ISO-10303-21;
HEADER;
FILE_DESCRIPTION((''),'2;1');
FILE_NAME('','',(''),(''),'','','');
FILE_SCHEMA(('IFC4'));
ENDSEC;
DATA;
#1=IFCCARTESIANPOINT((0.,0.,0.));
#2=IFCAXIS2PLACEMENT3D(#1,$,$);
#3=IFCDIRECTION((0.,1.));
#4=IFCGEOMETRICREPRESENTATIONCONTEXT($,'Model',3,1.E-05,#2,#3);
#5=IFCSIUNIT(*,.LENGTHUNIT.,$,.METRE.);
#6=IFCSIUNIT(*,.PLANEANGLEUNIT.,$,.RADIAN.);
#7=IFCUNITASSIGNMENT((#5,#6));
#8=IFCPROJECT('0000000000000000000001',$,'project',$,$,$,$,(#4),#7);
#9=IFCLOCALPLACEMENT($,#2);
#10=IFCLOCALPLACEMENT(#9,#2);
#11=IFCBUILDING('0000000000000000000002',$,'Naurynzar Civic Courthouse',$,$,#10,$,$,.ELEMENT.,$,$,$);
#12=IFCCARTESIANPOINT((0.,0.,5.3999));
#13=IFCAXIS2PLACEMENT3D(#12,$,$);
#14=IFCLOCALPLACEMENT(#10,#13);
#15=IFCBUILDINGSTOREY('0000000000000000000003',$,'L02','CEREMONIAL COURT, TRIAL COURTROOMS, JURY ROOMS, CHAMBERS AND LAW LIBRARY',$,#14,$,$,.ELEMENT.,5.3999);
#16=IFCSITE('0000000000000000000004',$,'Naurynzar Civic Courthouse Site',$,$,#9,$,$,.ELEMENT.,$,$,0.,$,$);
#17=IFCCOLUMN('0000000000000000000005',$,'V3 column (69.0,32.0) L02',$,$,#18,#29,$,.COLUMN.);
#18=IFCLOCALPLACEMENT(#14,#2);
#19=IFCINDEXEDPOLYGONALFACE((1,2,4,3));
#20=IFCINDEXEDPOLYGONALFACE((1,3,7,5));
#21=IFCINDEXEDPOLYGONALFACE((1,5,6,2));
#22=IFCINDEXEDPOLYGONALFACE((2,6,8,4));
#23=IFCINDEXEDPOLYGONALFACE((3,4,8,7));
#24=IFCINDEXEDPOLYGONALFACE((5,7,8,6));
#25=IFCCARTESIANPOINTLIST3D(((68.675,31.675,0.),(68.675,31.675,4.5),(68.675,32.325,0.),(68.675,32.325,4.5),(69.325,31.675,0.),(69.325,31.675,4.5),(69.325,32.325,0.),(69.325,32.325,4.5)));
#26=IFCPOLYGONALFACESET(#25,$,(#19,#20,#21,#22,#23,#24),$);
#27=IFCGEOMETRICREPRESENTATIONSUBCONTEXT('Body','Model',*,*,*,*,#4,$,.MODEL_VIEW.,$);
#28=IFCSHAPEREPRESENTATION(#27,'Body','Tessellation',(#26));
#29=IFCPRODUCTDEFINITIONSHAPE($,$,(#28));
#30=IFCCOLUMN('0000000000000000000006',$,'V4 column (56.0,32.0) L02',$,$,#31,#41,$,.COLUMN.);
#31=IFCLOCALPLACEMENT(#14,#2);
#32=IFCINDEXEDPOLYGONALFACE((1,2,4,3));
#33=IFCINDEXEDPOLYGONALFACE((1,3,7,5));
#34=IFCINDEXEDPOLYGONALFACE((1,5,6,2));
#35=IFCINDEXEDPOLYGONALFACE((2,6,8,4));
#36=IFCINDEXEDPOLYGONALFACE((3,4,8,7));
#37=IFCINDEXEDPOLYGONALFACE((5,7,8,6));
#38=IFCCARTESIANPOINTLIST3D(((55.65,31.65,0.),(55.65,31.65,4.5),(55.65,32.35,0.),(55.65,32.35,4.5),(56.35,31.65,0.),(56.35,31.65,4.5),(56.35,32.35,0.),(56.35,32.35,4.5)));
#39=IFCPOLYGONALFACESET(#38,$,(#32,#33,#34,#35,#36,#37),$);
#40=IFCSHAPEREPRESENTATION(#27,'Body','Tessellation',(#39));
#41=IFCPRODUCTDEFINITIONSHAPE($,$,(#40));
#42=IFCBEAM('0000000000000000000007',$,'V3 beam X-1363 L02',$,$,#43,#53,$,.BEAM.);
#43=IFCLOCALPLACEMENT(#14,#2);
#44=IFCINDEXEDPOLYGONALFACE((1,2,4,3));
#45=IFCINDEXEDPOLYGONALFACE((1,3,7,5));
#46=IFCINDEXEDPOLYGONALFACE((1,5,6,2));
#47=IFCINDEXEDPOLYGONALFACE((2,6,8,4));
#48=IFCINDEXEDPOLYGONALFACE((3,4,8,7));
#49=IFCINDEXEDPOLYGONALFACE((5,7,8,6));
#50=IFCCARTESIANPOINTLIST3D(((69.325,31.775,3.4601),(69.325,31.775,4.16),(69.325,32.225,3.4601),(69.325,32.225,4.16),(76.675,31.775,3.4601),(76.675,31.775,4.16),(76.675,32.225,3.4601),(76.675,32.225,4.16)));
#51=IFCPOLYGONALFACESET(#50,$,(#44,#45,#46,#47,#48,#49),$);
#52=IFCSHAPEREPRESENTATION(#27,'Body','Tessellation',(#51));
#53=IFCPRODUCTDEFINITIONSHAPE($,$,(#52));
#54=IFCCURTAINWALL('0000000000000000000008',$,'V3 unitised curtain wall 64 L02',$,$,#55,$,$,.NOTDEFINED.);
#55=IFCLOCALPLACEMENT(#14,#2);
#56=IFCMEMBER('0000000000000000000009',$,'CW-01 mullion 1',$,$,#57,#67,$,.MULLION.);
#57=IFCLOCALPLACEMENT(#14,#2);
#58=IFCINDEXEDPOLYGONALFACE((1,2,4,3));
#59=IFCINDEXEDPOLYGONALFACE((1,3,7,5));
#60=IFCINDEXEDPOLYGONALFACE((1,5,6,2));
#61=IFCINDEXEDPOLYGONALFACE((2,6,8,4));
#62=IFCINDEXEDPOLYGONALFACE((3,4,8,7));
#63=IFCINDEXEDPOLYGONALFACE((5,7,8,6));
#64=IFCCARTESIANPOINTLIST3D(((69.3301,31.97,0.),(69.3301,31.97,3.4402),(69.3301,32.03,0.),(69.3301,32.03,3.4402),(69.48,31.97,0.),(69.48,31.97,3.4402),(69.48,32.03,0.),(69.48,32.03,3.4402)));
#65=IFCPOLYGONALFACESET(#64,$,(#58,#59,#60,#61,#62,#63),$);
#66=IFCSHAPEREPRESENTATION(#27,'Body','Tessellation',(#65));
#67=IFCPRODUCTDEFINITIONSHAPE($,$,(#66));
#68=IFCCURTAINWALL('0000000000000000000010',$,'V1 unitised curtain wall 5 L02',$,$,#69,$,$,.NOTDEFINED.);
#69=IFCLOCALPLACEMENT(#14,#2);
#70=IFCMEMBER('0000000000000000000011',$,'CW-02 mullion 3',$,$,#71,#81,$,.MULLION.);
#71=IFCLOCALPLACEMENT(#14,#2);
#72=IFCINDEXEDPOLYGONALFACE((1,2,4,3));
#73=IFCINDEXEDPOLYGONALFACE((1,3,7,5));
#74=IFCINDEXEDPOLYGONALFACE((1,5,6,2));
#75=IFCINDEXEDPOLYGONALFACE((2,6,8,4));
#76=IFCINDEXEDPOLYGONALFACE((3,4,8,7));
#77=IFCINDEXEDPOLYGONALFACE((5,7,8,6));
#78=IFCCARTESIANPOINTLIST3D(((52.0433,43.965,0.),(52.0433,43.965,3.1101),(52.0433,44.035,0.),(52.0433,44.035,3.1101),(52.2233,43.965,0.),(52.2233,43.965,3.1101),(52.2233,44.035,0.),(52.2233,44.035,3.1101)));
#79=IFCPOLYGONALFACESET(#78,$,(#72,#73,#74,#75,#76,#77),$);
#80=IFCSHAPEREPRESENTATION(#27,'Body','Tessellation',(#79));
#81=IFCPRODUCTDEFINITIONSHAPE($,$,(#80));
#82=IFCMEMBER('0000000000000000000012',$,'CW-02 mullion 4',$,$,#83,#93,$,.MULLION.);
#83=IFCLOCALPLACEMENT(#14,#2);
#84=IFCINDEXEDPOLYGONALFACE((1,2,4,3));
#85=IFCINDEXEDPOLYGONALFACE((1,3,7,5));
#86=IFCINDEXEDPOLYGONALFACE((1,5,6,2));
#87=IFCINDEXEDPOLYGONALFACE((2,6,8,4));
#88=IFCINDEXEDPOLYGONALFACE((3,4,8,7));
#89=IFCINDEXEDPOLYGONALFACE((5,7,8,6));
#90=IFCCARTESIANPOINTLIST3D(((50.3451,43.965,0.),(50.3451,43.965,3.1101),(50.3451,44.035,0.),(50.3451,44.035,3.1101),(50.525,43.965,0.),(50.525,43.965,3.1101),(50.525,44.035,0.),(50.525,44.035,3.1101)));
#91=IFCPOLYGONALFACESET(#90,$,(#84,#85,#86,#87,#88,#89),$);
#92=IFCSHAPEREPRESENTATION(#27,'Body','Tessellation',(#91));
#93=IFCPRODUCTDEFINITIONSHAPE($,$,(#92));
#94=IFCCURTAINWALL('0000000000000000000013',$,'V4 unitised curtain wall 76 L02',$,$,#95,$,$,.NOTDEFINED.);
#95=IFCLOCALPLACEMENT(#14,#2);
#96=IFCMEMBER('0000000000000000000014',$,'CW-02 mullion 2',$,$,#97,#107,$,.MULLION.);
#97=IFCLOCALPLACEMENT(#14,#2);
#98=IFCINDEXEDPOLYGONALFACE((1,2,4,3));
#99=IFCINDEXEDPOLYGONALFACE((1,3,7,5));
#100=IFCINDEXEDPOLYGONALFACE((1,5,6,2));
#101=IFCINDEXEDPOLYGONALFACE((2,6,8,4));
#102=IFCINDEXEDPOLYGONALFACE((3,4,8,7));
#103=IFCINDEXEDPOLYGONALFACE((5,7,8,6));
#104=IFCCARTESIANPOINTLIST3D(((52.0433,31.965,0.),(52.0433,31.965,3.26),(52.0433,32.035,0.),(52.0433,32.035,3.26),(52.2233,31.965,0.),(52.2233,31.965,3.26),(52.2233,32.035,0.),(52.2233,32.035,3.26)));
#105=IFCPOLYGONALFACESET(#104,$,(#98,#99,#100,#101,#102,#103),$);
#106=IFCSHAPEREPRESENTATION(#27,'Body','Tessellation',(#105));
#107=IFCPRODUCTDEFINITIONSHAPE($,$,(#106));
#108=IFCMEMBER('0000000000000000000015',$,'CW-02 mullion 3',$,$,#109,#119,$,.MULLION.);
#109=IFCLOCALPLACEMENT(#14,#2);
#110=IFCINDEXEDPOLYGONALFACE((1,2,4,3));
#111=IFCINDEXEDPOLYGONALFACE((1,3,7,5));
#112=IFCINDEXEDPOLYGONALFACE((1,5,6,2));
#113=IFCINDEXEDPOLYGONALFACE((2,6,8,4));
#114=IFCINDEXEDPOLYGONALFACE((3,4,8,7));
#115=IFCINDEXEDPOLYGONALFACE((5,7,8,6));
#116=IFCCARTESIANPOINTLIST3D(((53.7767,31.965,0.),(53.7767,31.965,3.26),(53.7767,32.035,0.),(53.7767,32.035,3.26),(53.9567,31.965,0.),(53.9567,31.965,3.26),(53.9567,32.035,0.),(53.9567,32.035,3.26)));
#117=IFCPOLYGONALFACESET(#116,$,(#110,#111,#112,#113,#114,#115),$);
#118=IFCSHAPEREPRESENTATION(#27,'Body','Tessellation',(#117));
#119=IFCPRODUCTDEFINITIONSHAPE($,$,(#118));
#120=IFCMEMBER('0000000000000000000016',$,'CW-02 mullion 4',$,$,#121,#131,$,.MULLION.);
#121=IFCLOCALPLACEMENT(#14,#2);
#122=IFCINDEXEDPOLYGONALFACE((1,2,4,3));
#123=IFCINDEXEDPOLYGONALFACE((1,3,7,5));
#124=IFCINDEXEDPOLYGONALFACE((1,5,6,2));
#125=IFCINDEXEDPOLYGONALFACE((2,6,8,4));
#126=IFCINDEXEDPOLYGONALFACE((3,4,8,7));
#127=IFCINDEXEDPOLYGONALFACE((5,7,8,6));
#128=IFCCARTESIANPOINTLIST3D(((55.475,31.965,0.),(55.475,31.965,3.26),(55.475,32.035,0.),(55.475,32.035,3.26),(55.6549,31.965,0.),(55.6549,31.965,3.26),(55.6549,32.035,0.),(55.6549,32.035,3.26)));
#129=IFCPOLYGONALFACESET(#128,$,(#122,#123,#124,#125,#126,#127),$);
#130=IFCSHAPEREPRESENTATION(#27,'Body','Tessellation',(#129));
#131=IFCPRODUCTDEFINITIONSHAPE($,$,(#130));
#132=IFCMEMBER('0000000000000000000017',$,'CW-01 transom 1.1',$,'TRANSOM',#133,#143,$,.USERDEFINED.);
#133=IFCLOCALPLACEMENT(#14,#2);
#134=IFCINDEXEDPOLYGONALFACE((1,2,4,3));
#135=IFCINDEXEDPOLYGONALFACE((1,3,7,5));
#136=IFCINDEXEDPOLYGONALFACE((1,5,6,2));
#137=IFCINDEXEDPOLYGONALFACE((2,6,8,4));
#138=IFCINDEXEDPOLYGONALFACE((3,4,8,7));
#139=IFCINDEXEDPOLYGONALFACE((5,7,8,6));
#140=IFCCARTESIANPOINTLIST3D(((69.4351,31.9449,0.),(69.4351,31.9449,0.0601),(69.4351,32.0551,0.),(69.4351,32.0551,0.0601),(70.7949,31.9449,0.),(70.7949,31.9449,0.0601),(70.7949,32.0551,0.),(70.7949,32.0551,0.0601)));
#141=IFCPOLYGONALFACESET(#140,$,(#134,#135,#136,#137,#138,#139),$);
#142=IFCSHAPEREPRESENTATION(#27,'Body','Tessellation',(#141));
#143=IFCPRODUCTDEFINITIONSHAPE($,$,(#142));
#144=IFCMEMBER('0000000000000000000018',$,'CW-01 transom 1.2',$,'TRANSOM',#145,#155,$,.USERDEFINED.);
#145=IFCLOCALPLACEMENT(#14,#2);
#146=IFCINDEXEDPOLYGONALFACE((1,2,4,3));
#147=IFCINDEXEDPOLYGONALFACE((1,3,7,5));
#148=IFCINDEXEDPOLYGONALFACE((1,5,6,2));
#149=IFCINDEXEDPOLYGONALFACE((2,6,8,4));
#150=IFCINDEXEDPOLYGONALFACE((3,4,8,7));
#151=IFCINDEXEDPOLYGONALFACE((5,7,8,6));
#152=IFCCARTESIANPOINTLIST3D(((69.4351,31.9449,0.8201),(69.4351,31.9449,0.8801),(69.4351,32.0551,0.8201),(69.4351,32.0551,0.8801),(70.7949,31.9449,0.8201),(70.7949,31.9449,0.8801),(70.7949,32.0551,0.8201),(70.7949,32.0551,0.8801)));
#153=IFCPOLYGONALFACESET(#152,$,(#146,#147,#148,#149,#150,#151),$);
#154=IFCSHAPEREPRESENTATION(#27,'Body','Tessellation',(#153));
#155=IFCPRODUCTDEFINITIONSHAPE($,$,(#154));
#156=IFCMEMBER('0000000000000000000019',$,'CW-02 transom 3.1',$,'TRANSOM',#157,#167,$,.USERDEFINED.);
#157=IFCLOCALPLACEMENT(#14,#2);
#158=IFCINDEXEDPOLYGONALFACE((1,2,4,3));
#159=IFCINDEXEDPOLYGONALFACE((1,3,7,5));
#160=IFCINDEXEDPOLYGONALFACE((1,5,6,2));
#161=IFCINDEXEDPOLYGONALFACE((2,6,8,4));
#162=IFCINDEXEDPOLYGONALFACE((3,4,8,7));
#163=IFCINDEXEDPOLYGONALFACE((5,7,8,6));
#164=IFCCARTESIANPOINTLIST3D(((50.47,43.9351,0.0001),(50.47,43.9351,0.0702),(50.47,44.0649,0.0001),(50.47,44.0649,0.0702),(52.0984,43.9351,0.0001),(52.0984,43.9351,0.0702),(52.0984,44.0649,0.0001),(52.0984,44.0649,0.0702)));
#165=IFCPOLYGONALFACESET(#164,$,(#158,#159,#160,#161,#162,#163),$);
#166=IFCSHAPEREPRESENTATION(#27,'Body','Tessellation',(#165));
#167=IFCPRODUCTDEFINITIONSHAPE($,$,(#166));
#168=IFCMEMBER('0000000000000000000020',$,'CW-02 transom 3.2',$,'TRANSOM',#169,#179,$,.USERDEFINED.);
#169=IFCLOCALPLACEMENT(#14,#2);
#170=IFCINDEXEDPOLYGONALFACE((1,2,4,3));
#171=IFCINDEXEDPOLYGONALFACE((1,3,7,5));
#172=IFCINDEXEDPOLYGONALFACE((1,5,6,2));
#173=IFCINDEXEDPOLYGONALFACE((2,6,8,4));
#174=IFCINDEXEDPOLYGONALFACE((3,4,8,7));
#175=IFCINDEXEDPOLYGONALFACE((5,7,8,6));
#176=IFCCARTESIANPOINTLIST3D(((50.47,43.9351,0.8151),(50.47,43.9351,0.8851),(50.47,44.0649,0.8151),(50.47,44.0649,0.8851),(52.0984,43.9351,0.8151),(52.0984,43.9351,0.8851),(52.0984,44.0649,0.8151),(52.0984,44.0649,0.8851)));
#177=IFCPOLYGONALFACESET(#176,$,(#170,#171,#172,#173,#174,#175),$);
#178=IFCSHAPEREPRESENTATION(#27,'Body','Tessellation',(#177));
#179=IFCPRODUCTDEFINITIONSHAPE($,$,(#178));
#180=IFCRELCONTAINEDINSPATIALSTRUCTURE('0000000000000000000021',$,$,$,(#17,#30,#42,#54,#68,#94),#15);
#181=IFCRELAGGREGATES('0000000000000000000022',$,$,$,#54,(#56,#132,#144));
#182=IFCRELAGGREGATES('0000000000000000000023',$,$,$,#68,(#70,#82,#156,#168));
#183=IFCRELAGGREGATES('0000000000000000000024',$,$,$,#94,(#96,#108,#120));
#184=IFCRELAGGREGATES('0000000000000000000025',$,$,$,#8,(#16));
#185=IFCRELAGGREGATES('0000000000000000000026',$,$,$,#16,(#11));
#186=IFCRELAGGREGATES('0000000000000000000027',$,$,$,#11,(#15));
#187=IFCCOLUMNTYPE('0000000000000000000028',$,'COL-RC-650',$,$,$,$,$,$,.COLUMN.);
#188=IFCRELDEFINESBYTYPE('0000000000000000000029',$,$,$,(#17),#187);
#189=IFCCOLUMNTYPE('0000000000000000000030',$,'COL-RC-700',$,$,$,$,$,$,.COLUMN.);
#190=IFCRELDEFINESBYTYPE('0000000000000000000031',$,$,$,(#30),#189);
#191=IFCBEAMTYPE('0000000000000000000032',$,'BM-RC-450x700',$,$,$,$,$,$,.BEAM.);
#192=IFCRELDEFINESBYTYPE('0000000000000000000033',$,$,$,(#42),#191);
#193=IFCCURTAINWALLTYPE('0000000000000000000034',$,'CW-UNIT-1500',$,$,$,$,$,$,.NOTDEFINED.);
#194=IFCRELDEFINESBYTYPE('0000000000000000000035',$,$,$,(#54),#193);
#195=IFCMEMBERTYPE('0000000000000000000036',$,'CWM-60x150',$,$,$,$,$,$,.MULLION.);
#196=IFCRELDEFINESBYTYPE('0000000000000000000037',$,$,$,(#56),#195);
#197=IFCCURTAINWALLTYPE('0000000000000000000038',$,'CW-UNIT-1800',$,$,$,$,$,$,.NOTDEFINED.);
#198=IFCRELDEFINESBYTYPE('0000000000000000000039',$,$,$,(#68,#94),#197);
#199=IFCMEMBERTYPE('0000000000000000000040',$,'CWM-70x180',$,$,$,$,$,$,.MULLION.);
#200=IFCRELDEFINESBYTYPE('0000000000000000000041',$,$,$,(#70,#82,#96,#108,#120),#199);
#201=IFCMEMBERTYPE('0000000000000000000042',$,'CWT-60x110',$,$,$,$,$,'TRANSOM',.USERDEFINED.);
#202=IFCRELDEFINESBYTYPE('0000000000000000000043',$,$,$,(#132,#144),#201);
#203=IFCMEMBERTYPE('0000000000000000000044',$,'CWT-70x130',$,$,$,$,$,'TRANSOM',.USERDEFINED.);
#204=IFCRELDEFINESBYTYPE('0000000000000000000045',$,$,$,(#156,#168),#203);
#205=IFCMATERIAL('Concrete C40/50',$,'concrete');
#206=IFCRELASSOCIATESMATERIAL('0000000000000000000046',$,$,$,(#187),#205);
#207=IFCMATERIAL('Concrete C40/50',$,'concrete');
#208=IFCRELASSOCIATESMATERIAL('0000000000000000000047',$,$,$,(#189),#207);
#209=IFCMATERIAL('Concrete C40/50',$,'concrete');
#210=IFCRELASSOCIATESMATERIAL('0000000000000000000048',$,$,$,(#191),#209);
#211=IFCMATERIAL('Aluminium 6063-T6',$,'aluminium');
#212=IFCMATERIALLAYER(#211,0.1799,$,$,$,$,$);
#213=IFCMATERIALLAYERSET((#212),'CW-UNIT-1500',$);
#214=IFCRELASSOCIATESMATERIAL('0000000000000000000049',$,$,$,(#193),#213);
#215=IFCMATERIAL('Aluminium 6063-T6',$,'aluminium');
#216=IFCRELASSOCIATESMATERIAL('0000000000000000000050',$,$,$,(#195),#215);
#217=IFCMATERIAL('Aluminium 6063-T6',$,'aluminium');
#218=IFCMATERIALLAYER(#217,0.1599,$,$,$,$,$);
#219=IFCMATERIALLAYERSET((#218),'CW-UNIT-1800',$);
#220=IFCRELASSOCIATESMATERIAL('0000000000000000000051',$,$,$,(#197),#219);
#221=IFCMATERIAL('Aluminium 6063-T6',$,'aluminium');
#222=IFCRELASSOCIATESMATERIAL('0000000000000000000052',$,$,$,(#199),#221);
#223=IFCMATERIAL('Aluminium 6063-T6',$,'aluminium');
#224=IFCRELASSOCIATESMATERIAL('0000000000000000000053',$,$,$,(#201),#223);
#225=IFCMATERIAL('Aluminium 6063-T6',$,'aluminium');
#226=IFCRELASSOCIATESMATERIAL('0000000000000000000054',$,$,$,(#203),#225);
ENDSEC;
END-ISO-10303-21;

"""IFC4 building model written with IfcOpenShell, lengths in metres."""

from ifc_helpers import new_model, si_unit, direction, frame, origin, origin_2d, place, context, subcontext, project, spatial, rectangle, extrude, material, layer, layer_set, material_profile, profile_set, type_object, element, aggregate, save


model = new_model("IFC4")

# Units and contexts
model_context = context("Model", 3, precision=1e-05, world=origin(), true_north=direction((0.0, 1.0)))
body_context = subcontext(model_context, "Body", "Model", "MODEL_VIEW")
ifc_project = project(units=[si_unit("LENGTHUNIT", "METRE"), si_unit("PLANEANGLEUNIT", "RADIAN")], contexts=[model_context])

# Site, building, storey
site_placement = place(None, origin())
site = spatial("IfcSite", under=ifc_project, at=site_placement, Name="Naurynzar Civic Courthouse Site", CompositionType="ELEMENT", RefElevation=0.0)
building_placement = place(site_placement, origin())
building = spatial("IfcBuilding", under=site, at=building_placement, Name="Naurynzar Civic Courthouse", CompositionType="ELEMENT")
storey_placement = place(building_placement, frame((0.0, 0.0, 5.3999)))
storey = spatial("IfcBuildingStorey", under=building, at=storey_placement, Name="L02", Description="CEREMONIAL COURT, TRIAL COURTROOMS, JURY ROOMS, CHAMBERS AND LAW LIBRARY", CompositionType="ELEMENT", Elevation=5.3999)

# Columns
ifc_material_1 = material(Name="Concrete C40/50", Category="concrete")
ifc_material_profile_1 = material_profile(ifc_material_1, rectangle(XDim=0.6499, YDim=0.6499, at=origin_2d()), Name="RC 650x650")
ifc_profile_set_1 = profile_set([ifc_material_profile_1], Name="Concrete C40/50")
column_type_1 = type_object("IfcColumnType", Name="COL-RC-650", PredefinedType="COLUMN", material=ifc_profile_set_1)
column_1_placement = place(storey_placement, frame((69.0, 32.0, 0.0), z_axis=(0.0, 0.0, 1.0), x_axis=(1.0, 0.0, 0.0)))
element("IfcColumn", 1, at=column_1_placement, inside=storey, type_object=column_type_1, Name="V3 column (69.0,32.0) L02", PredefinedType="COLUMN", context=body_context, shape_type="SweptSolid", body=[
    extrude(rectangle(XDim=0.6499, YDim=0.6499, at=origin_2d()), origin(), (0.0, 0.0, 1.0), 4.5),
])
ifc_material_2 = material(Name="Concrete C40/50", Category="concrete")
ifc_material_profile_2 = material_profile(ifc_material_2, rectangle(XDim=0.7, YDim=0.7, at=origin_2d()), Name="RC 700x700")
ifc_profile_set_2 = profile_set([ifc_material_profile_2], Name="Concrete C40/50")
column_type_2 = type_object("IfcColumnType", Name="COL-RC-700", PredefinedType="COLUMN", material=ifc_profile_set_2)
column_2_placement = place(storey_placement, frame((56.0, 32.0, 0.0), z_axis=(0.0, 0.0, 1.0), x_axis=(1.0, 0.0, 0.0)))
element("IfcColumn", 2, at=column_2_placement, inside=storey, type_object=column_type_2, Name="V4 column (56.0,32.0) L02", PredefinedType="COLUMN", context=body_context, shape_type="SweptSolid", body=[
    extrude(rectangle(XDim=0.7, YDim=0.7, at=origin_2d()), origin(), (0.0, 0.0, 1.0), 4.5),
])

# Beam
ifc_material_3 = material(Name="Concrete C40/50", Category="concrete")
ifc_material_profile_3 = material_profile(ifc_material_3, rectangle(XDim=0.45, YDim=0.7, at=origin_2d()), Name="RCB 450x700")
ifc_profile_set_3 = profile_set([ifc_material_profile_3], Name="Concrete C40/50")
beam_type = type_object("IfcBeamType", Name="BM-RC-450x700", PredefinedType="BEAM", material=ifc_profile_set_3)
beam_placement = place(storey_placement, frame((69.325, 32.0, 3.8101), z_axis=(1.0, 0.0, 0.0), x_axis=(0.0, 1.0, 0.0)))
element("IfcBeam", 3, at=beam_placement, inside=storey, type_object=beam_type, Name="V3 beam X-1363 L02", PredefinedType="BEAM", context=body_context, shape_type="SweptSolid", body=[
    extrude(rectangle(XDim=0.45, YDim=0.7, at=origin_2d()), origin(), (0.0, 0.0, 1.0), 7.3501),
])

# Curtain wall, member
ifc_material_4 = material(Name="Aluminium 6063-T6", Category="aluminium")
ifc_layer_1 = layer(ifc_material_4, 0.1799)
ifc_layer_set_1 = layer_set([ifc_layer_1], Name="CW-UNIT-1500")
curtain_wall_type_1 = type_object("IfcCurtainWallType", Name="CW-UNIT-1500", PredefinedType="NOTDEFINED", material=ifc_layer_set_1)
curtain_wall_1_placement = place(storey_placement, origin())
curtain_wall_1 = element("IfcCurtainWall", 4, at=curtain_wall_1_placement, inside=storey, type_object=curtain_wall_type_1, Name="V3 unitised curtain wall 64 L02", PredefinedType="NOTDEFINED")
ifc_material_5 = material(Name="Aluminium 6063-T6", Category="aluminium")
ifc_material_profile_4 = material_profile(ifc_material_5, rectangle(XDim=0.0601, YDim=0.1499, at=origin_2d()), Name="ALU MULLION 60x150")
ifc_profile_set_4 = profile_set([ifc_material_profile_4], Name="Aluminium 6063-T6")
member_type_1 = type_object("IfcMemberType", Name="CWM-60x150", PredefinedType="MULLION", material=ifc_profile_set_4)
member_1_placement = place(storey_placement, frame((69.405, 32.0, 0.0), z_axis=(0.0, 0.0, 1.0), x_axis=(0.0, 1.0, 0.0)))
member_1 = element("IfcMember", 5, at=member_1_placement, type_object=member_type_1, Name="CW-01 mullion 1", PredefinedType="MULLION", context=body_context, shape_type="SweptSolid", body=[
    extrude(rectangle(XDim=0.0601, YDim=0.1499, at=origin_2d()), origin(), (0.0, 0.0, 1.0), 3.4402),
])

# Curtain walls, members
ifc_material_6 = material(Name="Aluminium 6063-T6", Category="aluminium")
ifc_layer_2 = layer(ifc_material_6, 0.1599)
ifc_layer_set_2 = layer_set([ifc_layer_2], Name="CW-UNIT-1800")
curtain_wall_type_2 = type_object("IfcCurtainWallType", Name="CW-UNIT-1800", PredefinedType="NOTDEFINED", material=ifc_layer_set_2)
curtain_wall_2_placement = place(storey_placement, origin())
curtain_wall_2 = element("IfcCurtainWall", 6, at=curtain_wall_2_placement, inside=storey, type_object=curtain_wall_type_2, Name="V1 unitised curtain wall 5 L02", PredefinedType="NOTDEFINED")
ifc_material_7 = material(Name="Aluminium 6063-T6", Category="aluminium")
ifc_material_profile_5 = material_profile(ifc_material_7, rectangle(XDim=0.0701, YDim=0.1799, at=origin_2d()), Name="ALU MULLION 70x180")
ifc_profile_set_5 = profile_set([ifc_material_profile_5], Name="Aluminium 6063-T6")
member_type_2 = type_object("IfcMemberType", Name="CWM-70x180", PredefinedType="MULLION", material=ifc_profile_set_5)
member_2_placement = place(storey_placement, frame((52.1333, 44.0, 0.0), z_axis=(0.0, 0.0, 1.0), x_axis=(0.0, -1.0, 0.0)))
member_2 = element("IfcMember", 7, at=member_2_placement, type_object=member_type_2, Name="CW-02 mullion 3", PredefinedType="MULLION", context=body_context, shape_type="SweptSolid", body=[
    extrude(rectangle(XDim=0.0701, YDim=0.1799, at=origin_2d()), origin(), (0.0, 0.0, 1.0), 3.1101),
])
member_3_placement = place(storey_placement, frame((50.4351, 44.0, 0.0), z_axis=(0.0, 0.0, 1.0), x_axis=(0.0, -1.0, 0.0)))
member_3 = element("IfcMember", 8, at=member_3_placement, type_object=member_type_2, Name="CW-02 mullion 4", PredefinedType="MULLION", context=body_context, shape_type="SweptSolid", body=[
    extrude(rectangle(XDim=0.0701, YDim=0.1799, at=origin_2d()), origin(), (0.0, 0.0, 1.0), 3.1101),
])
curtain_wall_3_placement = place(storey_placement, origin())
curtain_wall_3 = element("IfcCurtainWall", 9, at=curtain_wall_3_placement, inside=storey, type_object=curtain_wall_type_2, Name="V4 unitised curtain wall 76 L02", PredefinedType="NOTDEFINED")
member_4_placement = place(storey_placement, frame((52.1333, 32.0, 0.0), z_axis=(0.0, 0.0, 1.0), x_axis=(0.0, 1.0, 0.0)))
member_4 = element("IfcMember", 10, at=member_4_placement, type_object=member_type_2, Name="CW-02 mullion 2", PredefinedType="MULLION", context=body_context, shape_type="SweptSolid", body=[
    extrude(rectangle(XDim=0.0701, YDim=0.1799, at=origin_2d()), origin(), (0.0, 0.0, 1.0), 3.26),
])
member_5_placement = place(storey_placement, frame((53.8667, 32.0, 0.0), z_axis=(0.0, 0.0, 1.0), x_axis=(0.0, 1.0, 0.0)))
member_5 = element("IfcMember", 11, at=member_5_placement, type_object=member_type_2, Name="CW-02 mullion 3", PredefinedType="MULLION", context=body_context, shape_type="SweptSolid", body=[
    extrude(rectangle(XDim=0.0701, YDim=0.1799, at=origin_2d()), origin(), (0.0, 0.0, 1.0), 3.26),
])
member_6_placement = place(storey_placement, frame((55.5649, 32.0, 0.0), z_axis=(0.0, 0.0, 1.0), x_axis=(0.0, 1.0, 0.0)))
member_6 = element("IfcMember", 12, at=member_6_placement, type_object=member_type_2, Name="CW-02 mullion 4", PredefinedType="MULLION", context=body_context, shape_type="SweptSolid", body=[
    extrude(rectangle(XDim=0.0701, YDim=0.1799, at=origin_2d()), origin(), (0.0, 0.0, 1.0), 3.26),
])

# Members
ifc_material_8 = material(Name="Aluminium 6063-T6", Category="aluminium")
ifc_material_profile_6 = material_profile(ifc_material_8, rectangle(XDim=0.1101, YDim=0.0601, at=origin_2d()), Name="ALU TRANSOM 60x110")
ifc_profile_set_6 = profile_set([ifc_material_profile_6], Name="Aluminium 6063-T6")
member_type_3 = type_object("IfcMemberType", Name="CWT-60x110", ElementType="TRANSOM", PredefinedType="USERDEFINED", material=ifc_profile_set_6)
member_7_placement = place(storey_placement, frame((69.4351, 32.0, 0.03), z_axis=(1.0, 0.0, 0.0), x_axis=(0.0, 1.0, 0.0)))
member_7 = element("IfcMember", 13, at=member_7_placement, type_object=member_type_3, Name="CW-01 transom 1.1", ObjectType="TRANSOM", PredefinedType="USERDEFINED", context=body_context, shape_type="SweptSolid", body=[
    extrude(rectangle(XDim=0.1101, YDim=0.0601, at=origin_2d()), origin(), (0.0, 0.0, 1.0), 1.3599),
])
member_8_placement = place(storey_placement, frame((69.4351, 32.0, 0.8501), z_axis=(1.0, 0.0, 0.0), x_axis=(0.0, 1.0, 0.0)))
member_8 = element("IfcMember", 14, at=member_8_placement, type_object=member_type_3, Name="CW-01 transom 1.2", ObjectType="TRANSOM", PredefinedType="USERDEFINED", context=body_context, shape_type="SweptSolid", body=[
    extrude(rectangle(XDim=0.1101, YDim=0.0601, at=origin_2d()), origin(), (0.0, 0.0, 1.0), 1.3599),
])
aggregate(curtain_wall_1, [member_1, member_7, member_8])
ifc_material_9 = material(Name="Aluminium 6063-T6", Category="aluminium")
ifc_material_profile_7 = material_profile(ifc_material_9, rectangle(XDim=0.1299, YDim=0.0701, at=origin_2d()), Name="ALU TRANSOM 70x130")
ifc_profile_set_7 = profile_set([ifc_material_profile_7], Name="Aluminium 6063-T6")
member_type_4 = type_object("IfcMemberType", Name="CWT-70x130", ElementType="TRANSOM", PredefinedType="USERDEFINED", material=ifc_profile_set_7)
member_9_placement = place(storey_placement, frame((52.0984, 44.0, 0.0352), z_axis=(-1.0, 0.0, 0.0), x_axis=(0.0, -1.0, 0.0)))
member_9 = element("IfcMember", 15, at=member_9_placement, type_object=member_type_4, Name="CW-02 transom 3.1", ObjectType="TRANSOM", PredefinedType="USERDEFINED", context=body_context, shape_type="SweptSolid", body=[
    extrude(rectangle(XDim=0.1299, YDim=0.0701, at=origin_2d()), origin(), (0.0, 0.0, 1.0), 1.6284),
])
member_10_placement = place(storey_placement, frame((52.0984, 44.0, 0.8501), z_axis=(-1.0, 0.0, 0.0), x_axis=(0.0, -1.0, 0.0)))
member_10 = element("IfcMember", 16, at=member_10_placement, type_object=member_type_4, Name="CW-02 transom 3.2", ObjectType="TRANSOM", PredefinedType="USERDEFINED", context=body_context, shape_type="SweptSolid", body=[
    extrude(rectangle(XDim=0.1299, YDim=0.0701, at=origin_2d()), origin(), (0.0, 0.0, 1.0), 1.6284),
])

aggregate(curtain_wall_2, [member_2, member_3, member_9, member_10])
aggregate(curtain_wall_3, [member_4, member_5, member_6])

save(model, "model.ifc")
